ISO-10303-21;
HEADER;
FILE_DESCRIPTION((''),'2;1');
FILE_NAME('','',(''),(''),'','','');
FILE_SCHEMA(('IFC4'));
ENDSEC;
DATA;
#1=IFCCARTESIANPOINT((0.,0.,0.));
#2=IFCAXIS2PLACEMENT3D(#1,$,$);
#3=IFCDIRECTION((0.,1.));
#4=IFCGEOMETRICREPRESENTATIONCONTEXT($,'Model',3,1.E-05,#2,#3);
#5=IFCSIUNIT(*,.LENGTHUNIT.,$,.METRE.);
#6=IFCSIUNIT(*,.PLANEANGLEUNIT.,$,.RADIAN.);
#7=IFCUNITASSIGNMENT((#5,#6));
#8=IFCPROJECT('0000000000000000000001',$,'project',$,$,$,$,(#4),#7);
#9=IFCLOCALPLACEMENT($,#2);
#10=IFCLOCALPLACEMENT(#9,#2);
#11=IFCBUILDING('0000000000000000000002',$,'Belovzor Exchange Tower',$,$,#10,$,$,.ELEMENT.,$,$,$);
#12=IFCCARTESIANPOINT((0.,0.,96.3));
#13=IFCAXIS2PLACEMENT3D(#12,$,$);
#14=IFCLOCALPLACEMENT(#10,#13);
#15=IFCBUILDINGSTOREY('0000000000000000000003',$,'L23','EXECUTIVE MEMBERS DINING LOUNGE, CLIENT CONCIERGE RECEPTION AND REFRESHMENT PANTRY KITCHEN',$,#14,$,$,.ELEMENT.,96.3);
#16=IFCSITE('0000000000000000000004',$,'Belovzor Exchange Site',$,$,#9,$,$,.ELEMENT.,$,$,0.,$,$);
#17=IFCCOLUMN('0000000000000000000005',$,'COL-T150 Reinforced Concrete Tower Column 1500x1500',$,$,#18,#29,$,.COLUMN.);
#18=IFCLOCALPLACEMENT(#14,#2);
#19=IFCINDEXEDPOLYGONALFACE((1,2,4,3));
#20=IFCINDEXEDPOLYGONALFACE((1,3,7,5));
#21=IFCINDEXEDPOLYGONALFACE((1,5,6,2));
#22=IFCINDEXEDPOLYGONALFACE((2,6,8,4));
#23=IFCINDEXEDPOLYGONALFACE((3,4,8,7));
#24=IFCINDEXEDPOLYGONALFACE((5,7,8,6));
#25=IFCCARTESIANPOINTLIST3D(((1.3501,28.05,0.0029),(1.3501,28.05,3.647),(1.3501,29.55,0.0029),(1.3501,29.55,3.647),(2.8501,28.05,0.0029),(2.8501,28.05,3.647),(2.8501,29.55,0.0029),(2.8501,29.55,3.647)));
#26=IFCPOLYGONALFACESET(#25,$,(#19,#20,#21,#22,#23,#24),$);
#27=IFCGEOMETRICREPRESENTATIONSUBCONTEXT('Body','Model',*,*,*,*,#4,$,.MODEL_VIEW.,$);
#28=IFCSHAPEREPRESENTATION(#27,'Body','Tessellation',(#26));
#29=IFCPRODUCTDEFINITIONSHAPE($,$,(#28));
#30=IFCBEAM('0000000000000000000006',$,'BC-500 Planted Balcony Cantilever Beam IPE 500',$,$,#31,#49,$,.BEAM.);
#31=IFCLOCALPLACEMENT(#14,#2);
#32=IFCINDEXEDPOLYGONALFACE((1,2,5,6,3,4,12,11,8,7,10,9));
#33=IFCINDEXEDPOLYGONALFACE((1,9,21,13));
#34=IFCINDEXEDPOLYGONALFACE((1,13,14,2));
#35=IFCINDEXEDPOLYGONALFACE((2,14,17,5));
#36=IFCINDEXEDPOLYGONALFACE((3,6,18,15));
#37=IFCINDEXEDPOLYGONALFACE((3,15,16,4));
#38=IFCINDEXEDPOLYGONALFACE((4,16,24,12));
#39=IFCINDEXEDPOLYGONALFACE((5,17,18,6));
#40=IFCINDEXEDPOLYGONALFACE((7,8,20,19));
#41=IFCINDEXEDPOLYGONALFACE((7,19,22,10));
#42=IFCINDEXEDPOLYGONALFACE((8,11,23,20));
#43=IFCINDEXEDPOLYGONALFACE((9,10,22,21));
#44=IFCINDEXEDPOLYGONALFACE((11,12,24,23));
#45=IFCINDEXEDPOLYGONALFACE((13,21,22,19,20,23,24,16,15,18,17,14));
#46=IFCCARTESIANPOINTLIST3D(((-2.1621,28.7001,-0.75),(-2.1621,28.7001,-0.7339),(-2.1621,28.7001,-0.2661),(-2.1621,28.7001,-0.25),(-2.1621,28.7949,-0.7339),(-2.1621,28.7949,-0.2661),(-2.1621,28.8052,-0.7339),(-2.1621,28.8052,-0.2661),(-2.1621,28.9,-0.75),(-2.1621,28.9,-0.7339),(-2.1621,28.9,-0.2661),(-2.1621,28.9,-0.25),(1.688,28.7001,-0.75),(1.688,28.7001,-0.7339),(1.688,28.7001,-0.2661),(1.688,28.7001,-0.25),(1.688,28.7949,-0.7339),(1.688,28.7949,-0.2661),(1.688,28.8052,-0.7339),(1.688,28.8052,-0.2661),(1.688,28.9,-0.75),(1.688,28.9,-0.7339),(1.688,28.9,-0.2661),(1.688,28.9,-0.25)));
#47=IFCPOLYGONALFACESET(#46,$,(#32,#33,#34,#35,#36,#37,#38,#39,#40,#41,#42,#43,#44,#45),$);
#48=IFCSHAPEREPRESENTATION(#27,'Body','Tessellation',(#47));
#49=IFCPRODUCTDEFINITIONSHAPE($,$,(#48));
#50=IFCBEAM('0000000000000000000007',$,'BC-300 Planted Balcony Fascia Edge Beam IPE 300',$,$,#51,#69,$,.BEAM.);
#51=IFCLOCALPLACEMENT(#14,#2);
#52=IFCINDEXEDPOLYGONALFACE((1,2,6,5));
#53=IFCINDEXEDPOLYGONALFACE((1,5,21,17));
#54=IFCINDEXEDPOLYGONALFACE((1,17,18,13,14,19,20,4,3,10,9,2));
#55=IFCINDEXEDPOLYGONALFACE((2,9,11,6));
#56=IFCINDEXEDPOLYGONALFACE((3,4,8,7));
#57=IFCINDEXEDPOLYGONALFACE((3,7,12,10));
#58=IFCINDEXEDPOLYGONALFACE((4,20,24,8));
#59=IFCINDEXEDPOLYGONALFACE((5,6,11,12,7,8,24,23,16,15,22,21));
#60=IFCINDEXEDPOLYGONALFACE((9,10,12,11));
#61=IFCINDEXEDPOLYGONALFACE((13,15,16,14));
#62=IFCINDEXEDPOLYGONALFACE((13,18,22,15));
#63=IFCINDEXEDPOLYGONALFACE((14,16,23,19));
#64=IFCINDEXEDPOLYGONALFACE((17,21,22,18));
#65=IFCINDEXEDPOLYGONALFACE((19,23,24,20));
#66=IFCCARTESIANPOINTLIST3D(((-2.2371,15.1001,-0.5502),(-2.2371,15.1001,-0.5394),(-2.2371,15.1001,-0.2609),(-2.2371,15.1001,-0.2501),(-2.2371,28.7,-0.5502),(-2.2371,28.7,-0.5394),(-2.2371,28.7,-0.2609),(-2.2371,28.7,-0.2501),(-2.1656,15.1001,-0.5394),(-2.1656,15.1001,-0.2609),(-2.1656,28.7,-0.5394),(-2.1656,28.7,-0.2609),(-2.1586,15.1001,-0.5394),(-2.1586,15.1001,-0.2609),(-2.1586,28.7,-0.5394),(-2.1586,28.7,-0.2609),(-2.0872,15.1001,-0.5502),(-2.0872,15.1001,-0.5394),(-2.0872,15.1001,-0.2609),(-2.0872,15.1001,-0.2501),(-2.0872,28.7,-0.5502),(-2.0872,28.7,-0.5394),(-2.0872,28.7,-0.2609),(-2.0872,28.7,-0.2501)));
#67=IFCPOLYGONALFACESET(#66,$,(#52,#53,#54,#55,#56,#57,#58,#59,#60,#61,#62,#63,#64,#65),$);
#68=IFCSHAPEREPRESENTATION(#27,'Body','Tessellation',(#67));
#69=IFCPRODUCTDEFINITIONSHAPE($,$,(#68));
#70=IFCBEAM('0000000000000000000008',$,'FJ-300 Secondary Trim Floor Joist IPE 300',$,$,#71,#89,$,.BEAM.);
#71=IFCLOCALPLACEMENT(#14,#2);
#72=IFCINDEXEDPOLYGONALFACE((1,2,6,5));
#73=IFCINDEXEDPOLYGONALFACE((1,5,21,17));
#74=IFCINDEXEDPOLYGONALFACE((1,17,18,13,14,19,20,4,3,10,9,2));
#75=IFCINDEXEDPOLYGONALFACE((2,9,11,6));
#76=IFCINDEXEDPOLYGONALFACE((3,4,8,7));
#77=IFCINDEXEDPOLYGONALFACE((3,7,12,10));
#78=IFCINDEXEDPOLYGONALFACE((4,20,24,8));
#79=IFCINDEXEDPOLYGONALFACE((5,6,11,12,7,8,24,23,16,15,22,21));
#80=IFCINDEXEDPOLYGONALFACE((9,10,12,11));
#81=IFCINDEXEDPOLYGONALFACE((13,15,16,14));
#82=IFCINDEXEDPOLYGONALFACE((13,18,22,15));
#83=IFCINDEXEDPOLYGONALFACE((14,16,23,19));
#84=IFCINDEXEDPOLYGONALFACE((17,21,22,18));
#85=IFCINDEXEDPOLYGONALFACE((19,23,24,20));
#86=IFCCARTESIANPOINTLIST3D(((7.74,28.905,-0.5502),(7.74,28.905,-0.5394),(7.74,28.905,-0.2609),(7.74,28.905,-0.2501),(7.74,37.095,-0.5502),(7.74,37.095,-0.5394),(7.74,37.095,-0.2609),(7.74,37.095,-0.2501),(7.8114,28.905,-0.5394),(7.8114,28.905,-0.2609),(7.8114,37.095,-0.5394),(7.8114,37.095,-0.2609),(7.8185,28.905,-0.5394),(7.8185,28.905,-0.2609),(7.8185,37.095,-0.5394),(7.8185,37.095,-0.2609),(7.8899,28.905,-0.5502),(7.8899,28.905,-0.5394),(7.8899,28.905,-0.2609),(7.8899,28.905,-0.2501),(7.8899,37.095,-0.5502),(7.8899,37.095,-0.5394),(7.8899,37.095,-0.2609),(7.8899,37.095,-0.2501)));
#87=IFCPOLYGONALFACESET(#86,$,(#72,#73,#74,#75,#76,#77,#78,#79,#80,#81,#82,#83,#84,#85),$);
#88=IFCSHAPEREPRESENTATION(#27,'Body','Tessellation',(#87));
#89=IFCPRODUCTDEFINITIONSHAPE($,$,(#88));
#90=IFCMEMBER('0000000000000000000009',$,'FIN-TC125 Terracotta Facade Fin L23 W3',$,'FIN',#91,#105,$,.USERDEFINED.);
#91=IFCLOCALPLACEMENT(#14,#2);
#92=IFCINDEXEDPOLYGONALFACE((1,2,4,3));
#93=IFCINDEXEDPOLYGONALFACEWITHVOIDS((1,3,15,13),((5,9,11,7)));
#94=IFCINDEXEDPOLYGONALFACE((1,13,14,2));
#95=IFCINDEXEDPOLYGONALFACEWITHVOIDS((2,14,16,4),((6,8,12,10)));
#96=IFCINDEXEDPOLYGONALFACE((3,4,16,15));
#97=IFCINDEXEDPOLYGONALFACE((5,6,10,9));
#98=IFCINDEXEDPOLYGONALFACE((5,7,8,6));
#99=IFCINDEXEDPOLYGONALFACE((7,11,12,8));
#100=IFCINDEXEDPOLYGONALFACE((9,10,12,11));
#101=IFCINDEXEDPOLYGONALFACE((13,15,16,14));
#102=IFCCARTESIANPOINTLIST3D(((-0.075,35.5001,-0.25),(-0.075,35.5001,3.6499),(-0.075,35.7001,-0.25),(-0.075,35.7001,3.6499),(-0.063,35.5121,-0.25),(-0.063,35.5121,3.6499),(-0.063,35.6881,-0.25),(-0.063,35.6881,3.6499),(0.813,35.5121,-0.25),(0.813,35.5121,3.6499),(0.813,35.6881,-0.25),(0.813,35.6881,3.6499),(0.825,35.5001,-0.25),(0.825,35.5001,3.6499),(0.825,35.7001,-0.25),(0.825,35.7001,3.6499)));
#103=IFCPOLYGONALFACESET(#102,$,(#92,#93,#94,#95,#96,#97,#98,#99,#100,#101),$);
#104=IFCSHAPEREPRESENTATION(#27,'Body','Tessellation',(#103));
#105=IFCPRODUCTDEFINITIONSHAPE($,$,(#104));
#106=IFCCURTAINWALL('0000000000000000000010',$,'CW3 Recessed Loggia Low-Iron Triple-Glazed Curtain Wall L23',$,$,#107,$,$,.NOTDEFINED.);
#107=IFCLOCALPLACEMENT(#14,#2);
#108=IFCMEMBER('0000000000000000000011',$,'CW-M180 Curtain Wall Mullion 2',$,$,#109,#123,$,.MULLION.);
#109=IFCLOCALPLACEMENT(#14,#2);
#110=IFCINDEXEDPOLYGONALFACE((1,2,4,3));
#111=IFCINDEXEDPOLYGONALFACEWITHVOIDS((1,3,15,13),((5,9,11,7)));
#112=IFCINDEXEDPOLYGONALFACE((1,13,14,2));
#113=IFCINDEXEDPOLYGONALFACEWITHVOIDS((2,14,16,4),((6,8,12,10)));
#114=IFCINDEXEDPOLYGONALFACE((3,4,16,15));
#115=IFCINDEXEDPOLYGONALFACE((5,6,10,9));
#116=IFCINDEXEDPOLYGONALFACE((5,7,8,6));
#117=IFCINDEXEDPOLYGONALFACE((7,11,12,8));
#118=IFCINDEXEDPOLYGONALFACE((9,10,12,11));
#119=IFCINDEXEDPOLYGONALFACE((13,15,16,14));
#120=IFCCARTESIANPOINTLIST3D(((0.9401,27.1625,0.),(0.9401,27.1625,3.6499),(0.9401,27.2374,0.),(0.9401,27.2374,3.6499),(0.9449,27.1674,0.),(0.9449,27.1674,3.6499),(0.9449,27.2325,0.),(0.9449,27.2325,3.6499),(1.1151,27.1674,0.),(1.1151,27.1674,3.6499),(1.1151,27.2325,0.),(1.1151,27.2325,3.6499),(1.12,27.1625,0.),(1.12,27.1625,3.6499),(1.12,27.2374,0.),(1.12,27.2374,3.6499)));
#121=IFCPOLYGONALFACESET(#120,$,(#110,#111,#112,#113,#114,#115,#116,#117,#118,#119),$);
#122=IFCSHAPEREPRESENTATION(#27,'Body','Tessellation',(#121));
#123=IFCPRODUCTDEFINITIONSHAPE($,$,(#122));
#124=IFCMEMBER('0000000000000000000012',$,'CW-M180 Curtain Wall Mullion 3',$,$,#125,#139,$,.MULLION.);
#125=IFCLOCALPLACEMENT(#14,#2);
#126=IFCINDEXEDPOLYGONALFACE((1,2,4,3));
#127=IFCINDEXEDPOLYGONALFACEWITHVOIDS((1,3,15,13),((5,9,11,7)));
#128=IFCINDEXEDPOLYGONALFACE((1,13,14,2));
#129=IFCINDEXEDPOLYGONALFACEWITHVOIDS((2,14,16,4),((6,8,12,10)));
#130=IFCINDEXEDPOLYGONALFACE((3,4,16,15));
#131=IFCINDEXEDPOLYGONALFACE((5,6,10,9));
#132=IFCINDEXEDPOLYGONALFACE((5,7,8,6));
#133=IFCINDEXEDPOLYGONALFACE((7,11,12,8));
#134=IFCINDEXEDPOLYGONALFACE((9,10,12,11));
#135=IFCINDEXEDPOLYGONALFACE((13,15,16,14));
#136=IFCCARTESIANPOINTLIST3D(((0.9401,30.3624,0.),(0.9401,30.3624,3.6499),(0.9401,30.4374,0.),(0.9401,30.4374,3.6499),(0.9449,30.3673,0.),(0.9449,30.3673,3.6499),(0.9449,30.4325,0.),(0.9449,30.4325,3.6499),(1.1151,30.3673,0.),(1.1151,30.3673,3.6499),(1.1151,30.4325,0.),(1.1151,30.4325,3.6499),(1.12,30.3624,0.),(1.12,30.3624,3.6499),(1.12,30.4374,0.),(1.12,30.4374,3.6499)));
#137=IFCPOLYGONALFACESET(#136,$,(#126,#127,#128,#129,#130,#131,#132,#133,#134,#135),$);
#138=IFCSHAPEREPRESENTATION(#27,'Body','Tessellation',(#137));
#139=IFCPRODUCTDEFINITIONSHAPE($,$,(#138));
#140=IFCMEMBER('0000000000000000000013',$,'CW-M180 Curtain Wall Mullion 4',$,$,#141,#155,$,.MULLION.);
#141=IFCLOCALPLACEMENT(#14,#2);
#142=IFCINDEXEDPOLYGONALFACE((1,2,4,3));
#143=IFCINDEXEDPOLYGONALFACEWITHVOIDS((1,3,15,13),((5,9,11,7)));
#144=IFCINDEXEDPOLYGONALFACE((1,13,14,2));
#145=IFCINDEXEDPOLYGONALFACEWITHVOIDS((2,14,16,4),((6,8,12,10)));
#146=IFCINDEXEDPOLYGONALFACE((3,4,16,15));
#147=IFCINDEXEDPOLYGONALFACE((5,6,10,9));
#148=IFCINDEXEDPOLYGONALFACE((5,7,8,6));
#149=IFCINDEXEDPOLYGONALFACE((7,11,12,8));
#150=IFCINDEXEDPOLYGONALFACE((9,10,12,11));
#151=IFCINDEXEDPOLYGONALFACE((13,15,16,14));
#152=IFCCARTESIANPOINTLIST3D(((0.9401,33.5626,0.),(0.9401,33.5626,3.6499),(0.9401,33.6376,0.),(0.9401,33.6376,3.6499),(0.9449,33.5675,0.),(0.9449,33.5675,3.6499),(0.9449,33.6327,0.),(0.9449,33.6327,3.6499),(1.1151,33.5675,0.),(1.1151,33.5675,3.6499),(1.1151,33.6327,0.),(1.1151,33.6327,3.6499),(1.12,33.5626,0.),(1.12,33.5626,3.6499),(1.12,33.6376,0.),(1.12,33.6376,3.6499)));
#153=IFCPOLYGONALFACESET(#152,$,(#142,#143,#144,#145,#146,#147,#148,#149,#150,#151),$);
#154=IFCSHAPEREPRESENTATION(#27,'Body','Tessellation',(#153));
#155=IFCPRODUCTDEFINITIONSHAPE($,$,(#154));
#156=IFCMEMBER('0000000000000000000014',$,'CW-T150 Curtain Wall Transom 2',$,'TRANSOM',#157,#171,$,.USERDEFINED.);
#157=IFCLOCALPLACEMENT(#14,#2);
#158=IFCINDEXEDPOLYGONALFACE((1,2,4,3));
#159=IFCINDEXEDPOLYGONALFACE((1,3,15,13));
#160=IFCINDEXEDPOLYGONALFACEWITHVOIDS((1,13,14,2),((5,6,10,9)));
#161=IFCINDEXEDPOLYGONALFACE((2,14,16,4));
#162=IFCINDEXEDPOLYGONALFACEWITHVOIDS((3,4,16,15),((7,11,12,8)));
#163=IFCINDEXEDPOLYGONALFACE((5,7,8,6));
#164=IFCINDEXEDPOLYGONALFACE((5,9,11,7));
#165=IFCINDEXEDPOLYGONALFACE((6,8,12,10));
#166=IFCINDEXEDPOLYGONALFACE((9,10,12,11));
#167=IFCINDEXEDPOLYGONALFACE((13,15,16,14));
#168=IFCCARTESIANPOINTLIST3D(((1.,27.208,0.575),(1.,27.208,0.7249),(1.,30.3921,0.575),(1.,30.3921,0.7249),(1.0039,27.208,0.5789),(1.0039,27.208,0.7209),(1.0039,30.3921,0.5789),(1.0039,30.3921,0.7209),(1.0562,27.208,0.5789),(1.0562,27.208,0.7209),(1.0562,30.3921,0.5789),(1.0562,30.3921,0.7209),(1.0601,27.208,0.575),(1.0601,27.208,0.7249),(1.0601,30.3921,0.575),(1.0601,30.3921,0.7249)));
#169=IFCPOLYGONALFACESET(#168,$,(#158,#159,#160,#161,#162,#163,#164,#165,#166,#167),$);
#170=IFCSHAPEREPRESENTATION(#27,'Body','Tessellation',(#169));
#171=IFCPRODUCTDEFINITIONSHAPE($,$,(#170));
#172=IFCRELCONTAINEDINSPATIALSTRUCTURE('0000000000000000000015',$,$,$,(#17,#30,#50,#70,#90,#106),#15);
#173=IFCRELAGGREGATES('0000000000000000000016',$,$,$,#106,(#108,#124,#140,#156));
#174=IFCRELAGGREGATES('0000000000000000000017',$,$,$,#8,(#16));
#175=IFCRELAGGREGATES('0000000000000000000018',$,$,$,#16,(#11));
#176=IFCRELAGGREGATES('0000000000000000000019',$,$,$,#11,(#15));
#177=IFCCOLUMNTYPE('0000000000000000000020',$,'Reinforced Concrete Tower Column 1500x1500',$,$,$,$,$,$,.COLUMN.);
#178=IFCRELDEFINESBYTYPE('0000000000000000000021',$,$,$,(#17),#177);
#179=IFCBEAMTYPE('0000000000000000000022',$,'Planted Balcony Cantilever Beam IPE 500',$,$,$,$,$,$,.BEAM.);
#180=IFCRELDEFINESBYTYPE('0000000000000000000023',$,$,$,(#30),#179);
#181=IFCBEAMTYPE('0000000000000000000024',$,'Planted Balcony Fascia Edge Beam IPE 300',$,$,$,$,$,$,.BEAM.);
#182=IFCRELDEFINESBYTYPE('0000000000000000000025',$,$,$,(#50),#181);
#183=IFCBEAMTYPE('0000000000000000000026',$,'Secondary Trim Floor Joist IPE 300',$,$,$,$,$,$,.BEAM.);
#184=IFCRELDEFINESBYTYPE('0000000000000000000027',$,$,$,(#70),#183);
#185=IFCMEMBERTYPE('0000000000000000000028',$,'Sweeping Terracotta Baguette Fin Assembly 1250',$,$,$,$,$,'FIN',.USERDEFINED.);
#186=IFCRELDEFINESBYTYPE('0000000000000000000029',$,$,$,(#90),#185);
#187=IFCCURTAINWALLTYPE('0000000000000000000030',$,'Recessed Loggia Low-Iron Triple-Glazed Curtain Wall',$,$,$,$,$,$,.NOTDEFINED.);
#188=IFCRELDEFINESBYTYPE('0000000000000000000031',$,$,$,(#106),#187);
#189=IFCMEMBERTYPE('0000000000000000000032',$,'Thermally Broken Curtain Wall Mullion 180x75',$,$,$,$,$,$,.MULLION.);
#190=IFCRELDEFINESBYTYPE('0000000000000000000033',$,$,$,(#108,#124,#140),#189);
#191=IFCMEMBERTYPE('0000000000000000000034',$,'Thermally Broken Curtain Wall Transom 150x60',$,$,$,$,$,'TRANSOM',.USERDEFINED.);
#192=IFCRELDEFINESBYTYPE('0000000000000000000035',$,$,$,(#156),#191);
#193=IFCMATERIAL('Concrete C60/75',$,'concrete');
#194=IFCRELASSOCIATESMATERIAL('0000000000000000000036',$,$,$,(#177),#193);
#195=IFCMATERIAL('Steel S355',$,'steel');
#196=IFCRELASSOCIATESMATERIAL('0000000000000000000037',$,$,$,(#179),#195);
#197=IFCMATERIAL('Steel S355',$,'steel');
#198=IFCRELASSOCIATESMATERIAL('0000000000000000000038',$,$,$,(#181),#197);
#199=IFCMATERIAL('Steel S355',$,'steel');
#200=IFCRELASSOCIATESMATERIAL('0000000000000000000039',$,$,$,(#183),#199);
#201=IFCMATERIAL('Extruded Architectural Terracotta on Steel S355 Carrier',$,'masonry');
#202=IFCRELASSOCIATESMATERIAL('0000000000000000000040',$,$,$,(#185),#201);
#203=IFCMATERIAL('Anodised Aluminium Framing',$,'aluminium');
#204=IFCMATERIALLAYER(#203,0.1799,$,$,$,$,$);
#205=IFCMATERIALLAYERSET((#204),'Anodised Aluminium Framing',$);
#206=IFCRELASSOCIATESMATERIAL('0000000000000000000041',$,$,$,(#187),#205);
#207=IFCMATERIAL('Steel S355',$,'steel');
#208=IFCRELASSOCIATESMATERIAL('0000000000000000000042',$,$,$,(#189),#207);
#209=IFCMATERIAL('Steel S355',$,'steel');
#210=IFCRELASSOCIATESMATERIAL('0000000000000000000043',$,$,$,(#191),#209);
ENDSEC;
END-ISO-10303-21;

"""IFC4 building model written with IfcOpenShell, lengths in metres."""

from ifc_helpers import new_model, si_unit, direction, frame, origin, origin_2d, place, context, subcontext, project, spatial, rectangle, hollow_rectangle, i_section, extrude, material, layer, layer_set, material_profile, profile_set, type_object, element, aggregate, save


model = new_model("IFC4")

# Units and contexts
model_context = context("Model", 3, precision=1e-05, world=origin(), true_north=direction((0.0, 1.0)))
body_context = subcontext(model_context, "Body", "Model", "MODEL_VIEW")
ifc_project = project(units=[si_unit("LENGTHUNIT", "METRE"), si_unit("PLANEANGLEUNIT", "RADIAN")], contexts=[model_context])

# Site, building, storey
site_placement = place(None, origin())
site = spatial("IfcSite", under=ifc_project, at=site_placement, Name="Belovzor Exchange Site", CompositionType="ELEMENT", RefElevation=0.0)
building_placement = place(site_placement, origin())
building = spatial("IfcBuilding", under=site, at=building_placement, Name="Belovzor Exchange Tower", CompositionType="ELEMENT")
storey_placement = place(building_placement, frame((0.0, 0.0, 96.3)))
storey = spatial("IfcBuildingStorey", under=building, at=storey_placement, Name="L23", Description="EXECUTIVE MEMBERS DINING LOUNGE, CLIENT CONCIERGE RECEPTION AND REFRESHMENT PANTRY KITCHEN", CompositionType="ELEMENT", Elevation=96.3)

# Column
ifc_material_1 = material(Name="Concrete C60/75", Category="concrete")
ifc_material_profile_1 = material_profile(ifc_material_1, rectangle(XDim=1.5, YDim=1.5, at=origin_2d()))
ifc_profile_set_1 = profile_set([ifc_material_profile_1], Name="Concrete C60/75")
column_type = type_object("IfcColumnType", Name="Reinforced Concrete Tower Column 1500x1500", PredefinedType="COLUMN", material=ifc_profile_set_1)
column_placement = place(storey_placement, frame((2.1001, 28.8, 0.0029), z_axis=(0.0, 0.0, 1.0), x_axis=(1.0, 0.0, 0.0)))
element("IfcColumn", 1, at=column_placement, inside=storey, type_object=column_type, Name="COL-T150 Reinforced Concrete Tower Column 1500x1500", PredefinedType="COLUMN", context=body_context, shape_type="SweptSolid", body=[
    extrude(rectangle(XDim=1.5, YDim=1.5, at=origin_2d()), origin(), (0.0, 0.0, 1.0), 3.644),
])

# Beams
ifc_material_2 = material(Name="Steel S355", Category="steel")
ifc_material_profile_2 = material_profile(ifc_material_2, i_section(OverallWidth=0.2, OverallDepth=0.5, WebThickness=0.0103, FlangeThickness=0.0161, at=origin_2d()))
ifc_profile_set_2 = profile_set([ifc_material_profile_2], Name="Steel S355")
beam_type_1 = type_object("IfcBeamType", Name="Planted Balcony Cantilever Beam IPE 500", PredefinedType="BEAM", material=ifc_profile_set_2)
beam_1_placement = place(storey_placement, frame((1.688, 28.8, -0.5), z_axis=(-1.0, 0.0, 0.0), x_axis=(0.0, -1.0, 0.0)))
element("IfcBeam", 2, at=beam_1_placement, inside=storey, type_object=beam_type_1, Name="BC-500 Planted Balcony Cantilever Beam IPE 500", PredefinedType="BEAM", context=body_context, shape_type="SweptSolid", body=[
    extrude(i_section(OverallWidth=0.2, OverallDepth=0.5, WebThickness=0.0103, FlangeThickness=0.0161, at=origin_2d()), origin(), (0.0, 0.0, 1.0), 3.8501),
])
ifc_material_3 = material(Name="Steel S355", Category="steel")
ifc_material_profile_3 = material_profile(ifc_material_3, i_section(OverallWidth=0.1499, OverallDepth=0.3, WebThickness=0.0071, FlangeThickness=0.0107, at=origin_2d()))
ifc_profile_set_3 = profile_set([ifc_material_profile_3], Name="Steel S355")
beam_type_2 = type_object("IfcBeamType", Name="Planted Balcony Fascia Edge Beam IPE 300", PredefinedType="BEAM", material=ifc_profile_set_3)
beam_2_placement = place(storey_placement, frame((-2.1621, 28.7, -0.4001), z_axis=(0.0, -1.0, 0.0), x_axis=(1.0, 0.0, 0.0)))
element("IfcBeam", 3, at=beam_2_placement, inside=storey, type_object=beam_type_2, Name="BC-300 Planted Balcony Fascia Edge Beam IPE 300", PredefinedType="BEAM", context=body_context, shape_type="SweptSolid", body=[
    extrude(i_section(OverallWidth=0.1499, OverallDepth=0.3, WebThickness=0.0071, FlangeThickness=0.0107, at=origin_2d()), origin(), (0.0, 0.0, 1.0), 13.5999),
])
ifc_material_4 = material(Name="Steel S355", Category="steel")
ifc_material_profile_4 = material_profile(ifc_material_4, i_section(OverallWidth=0.1499, OverallDepth=0.3, WebThickness=0.0071, FlangeThickness=0.0107, at=origin_2d()))
ifc_profile_set_4 = profile_set([ifc_material_profile_4], Name="Steel S355")
beam_type_3 = type_object("IfcBeamType", Name="Secondary Trim Floor Joist IPE 300", PredefinedType="BEAM", material=ifc_profile_set_4)
beam_3_placement = place(storey_placement, frame((7.8149, 28.905, -0.4001), z_axis=(0.0, 1.0, 0.0), x_axis=(-1.0, 0.0, 0.0)))
element("IfcBeam", 4, at=beam_3_placement, inside=storey, type_object=beam_type_3, Name="FJ-300 Secondary Trim Floor Joist IPE 300", PredefinedType="BEAM", context=body_context, shape_type="SweptSolid", body=[
    extrude(i_section(OverallWidth=0.1499, OverallDepth=0.3, WebThickness=0.0071, FlangeThickness=0.0107, at=origin_2d()), origin(), (0.0, 0.0, 1.0), 8.1899),
])

# Member
ifc_material_5 = material(Name="Extruded Architectural Terracotta on Steel S355 Carrier", Category="masonry")
ifc_material_profile_5 = material_profile(ifc_material_5, hollow_rectangle(XDim=0.2, YDim=0.8999, WallThickness=0.012, at=origin_2d()))
ifc_profile_set_5 = profile_set([ifc_material_profile_5], Name="Extruded Architectural Terracotta on Steel S355 Carrier")
member_type_1 = type_object("IfcMemberType", Name="Sweeping Terracotta Baguette Fin Assembly 1250", ElementType="FIN", PredefinedType="USERDEFINED", material=ifc_profile_set_5)
member_1_placement = place(storey_placement, frame((0.375, 35.6001, -0.25), z_axis=(0.0, 0.0, 1.0), x_axis=(0.0, 1.0, 0.0)))
element("IfcMember", 5, at=member_1_placement, inside=storey, type_object=member_type_1, Name="FIN-TC125 Terracotta Facade Fin L23 W3", ObjectType="FIN", PredefinedType="USERDEFINED", context=body_context, shape_type="SweptSolid", body=[
    extrude(hollow_rectangle(XDim=0.2, YDim=0.8999, WallThickness=0.012, at=origin_2d()), origin(), (0.0, 0.0, 1.0), 3.8999),
])

# Curtain wall, members
ifc_material_6 = material(Name="Anodised Aluminium Framing", Category="aluminium")
ifc_layer_1 = layer(ifc_material_6, 0.1799)
ifc_layer_set_1 = layer_set([ifc_layer_1], Name="Anodised Aluminium Framing")
curtain_wall_type = type_object("IfcCurtainWallType", Name="Recessed Loggia Low-Iron Triple-Glazed Curtain Wall", PredefinedType="NOTDEFINED", material=ifc_layer_set_1)
curtain_wall_placement = place(storey_placement, origin())
curtain_wall = element("IfcCurtainWall", 6, at=curtain_wall_placement, inside=storey, type_object=curtain_wall_type, Name="CW3 Recessed Loggia Low-Iron Triple-Glazed Curtain Wall L23", PredefinedType="NOTDEFINED")
ifc_material_7 = material(Name="Steel S355", Category="steel")
ifc_material_profile_6 = material_profile(ifc_material_7, hollow_rectangle(XDim=0.075, YDim=0.1799, WallThickness=0.0049, at=origin_2d()))
ifc_profile_set_6 = profile_set([ifc_material_profile_6], Name="Steel S355")
member_type_2 = type_object("IfcMemberType", Name="Thermally Broken Curtain Wall Mullion 180x75", PredefinedType="MULLION", material=ifc_profile_set_6)
member_2_placement = place(storey_placement, frame((1.03, 27.2, 0.0), z_axis=(0.0, 0.0, 1.0), x_axis=(0.0, 1.0, 0.0)))
member_2 = element("IfcMember", 7, at=member_2_placement, type_object=member_type_2, Name="CW-M180 Curtain Wall Mullion 2", PredefinedType="MULLION", context=body_context, shape_type="SweptSolid", body=[
    extrude(hollow_rectangle(XDim=0.075, YDim=0.1799, WallThickness=0.0049, at=origin_2d()), origin(), (0.0, 0.0, 1.0), 3.6499),
])
member_3_placement = place(storey_placement, frame((1.03, 30.3999, 0.0), z_axis=(0.0, 0.0, 1.0), x_axis=(0.0, 1.0, 0.0)))
member_3 = element("IfcMember", 8, at=member_3_placement, type_object=member_type_2, Name="CW-M180 Curtain Wall Mullion 3", PredefinedType="MULLION", context=body_context, shape_type="SweptSolid", body=[
    extrude(hollow_rectangle(XDim=0.075, YDim=0.1799, WallThickness=0.0049, at=origin_2d()), origin(), (0.0, 0.0, 1.0), 3.6499),
])
member_4_placement = place(storey_placement, frame((1.03, 33.6001, 0.0), z_axis=(0.0, 0.0, 1.0), x_axis=(0.0, 1.0, 0.0)))
member_4 = element("IfcMember", 9, at=member_4_placement, type_object=member_type_2, Name="CW-M180 Curtain Wall Mullion 4", PredefinedType="MULLION", context=body_context, shape_type="SweptSolid", body=[
    extrude(hollow_rectangle(XDim=0.075, YDim=0.1799, WallThickness=0.0049, at=origin_2d()), origin(), (0.0, 0.0, 1.0), 3.6499),
])
ifc_material_8 = material(Name="Steel S355", Category="steel")
ifc_material_profile_7 = material_profile(ifc_material_8, hollow_rectangle(XDim=0.0601, YDim=0.1499, WallThickness=0.0039, at=origin_2d()))
ifc_profile_set_7 = profile_set([ifc_material_profile_7], Name="Steel S355")
member_type_3 = type_object("IfcMemberType", Name="Thermally Broken Curtain Wall Transom 150x60", ElementType="TRANSOM", PredefinedType="USERDEFINED", material=ifc_profile_set_7)
member_5_placement = place(storey_placement, frame((1.03, 27.208, 0.6499), z_axis=(0.0, 1.0, 0.0), x_axis=(-1.0, 0.0, 0.0)))
member_5 = element("IfcMember", 10, at=member_5_placement, type_object=member_type_3, Name="CW-T150 Curtain Wall Transom 2", ObjectType="TRANSOM", PredefinedType="USERDEFINED", context=body_context, shape_type="SweptSolid", body=[
    extrude(hollow_rectangle(XDim=0.0601, YDim=0.1499, WallThickness=0.0039, at=origin_2d()), origin(), (0.0, 0.0, 1.0), 3.1841),
])

aggregate(curtain_wall, [member_2, member_3, member_4, member_5])

save(model, "model.ifc")
